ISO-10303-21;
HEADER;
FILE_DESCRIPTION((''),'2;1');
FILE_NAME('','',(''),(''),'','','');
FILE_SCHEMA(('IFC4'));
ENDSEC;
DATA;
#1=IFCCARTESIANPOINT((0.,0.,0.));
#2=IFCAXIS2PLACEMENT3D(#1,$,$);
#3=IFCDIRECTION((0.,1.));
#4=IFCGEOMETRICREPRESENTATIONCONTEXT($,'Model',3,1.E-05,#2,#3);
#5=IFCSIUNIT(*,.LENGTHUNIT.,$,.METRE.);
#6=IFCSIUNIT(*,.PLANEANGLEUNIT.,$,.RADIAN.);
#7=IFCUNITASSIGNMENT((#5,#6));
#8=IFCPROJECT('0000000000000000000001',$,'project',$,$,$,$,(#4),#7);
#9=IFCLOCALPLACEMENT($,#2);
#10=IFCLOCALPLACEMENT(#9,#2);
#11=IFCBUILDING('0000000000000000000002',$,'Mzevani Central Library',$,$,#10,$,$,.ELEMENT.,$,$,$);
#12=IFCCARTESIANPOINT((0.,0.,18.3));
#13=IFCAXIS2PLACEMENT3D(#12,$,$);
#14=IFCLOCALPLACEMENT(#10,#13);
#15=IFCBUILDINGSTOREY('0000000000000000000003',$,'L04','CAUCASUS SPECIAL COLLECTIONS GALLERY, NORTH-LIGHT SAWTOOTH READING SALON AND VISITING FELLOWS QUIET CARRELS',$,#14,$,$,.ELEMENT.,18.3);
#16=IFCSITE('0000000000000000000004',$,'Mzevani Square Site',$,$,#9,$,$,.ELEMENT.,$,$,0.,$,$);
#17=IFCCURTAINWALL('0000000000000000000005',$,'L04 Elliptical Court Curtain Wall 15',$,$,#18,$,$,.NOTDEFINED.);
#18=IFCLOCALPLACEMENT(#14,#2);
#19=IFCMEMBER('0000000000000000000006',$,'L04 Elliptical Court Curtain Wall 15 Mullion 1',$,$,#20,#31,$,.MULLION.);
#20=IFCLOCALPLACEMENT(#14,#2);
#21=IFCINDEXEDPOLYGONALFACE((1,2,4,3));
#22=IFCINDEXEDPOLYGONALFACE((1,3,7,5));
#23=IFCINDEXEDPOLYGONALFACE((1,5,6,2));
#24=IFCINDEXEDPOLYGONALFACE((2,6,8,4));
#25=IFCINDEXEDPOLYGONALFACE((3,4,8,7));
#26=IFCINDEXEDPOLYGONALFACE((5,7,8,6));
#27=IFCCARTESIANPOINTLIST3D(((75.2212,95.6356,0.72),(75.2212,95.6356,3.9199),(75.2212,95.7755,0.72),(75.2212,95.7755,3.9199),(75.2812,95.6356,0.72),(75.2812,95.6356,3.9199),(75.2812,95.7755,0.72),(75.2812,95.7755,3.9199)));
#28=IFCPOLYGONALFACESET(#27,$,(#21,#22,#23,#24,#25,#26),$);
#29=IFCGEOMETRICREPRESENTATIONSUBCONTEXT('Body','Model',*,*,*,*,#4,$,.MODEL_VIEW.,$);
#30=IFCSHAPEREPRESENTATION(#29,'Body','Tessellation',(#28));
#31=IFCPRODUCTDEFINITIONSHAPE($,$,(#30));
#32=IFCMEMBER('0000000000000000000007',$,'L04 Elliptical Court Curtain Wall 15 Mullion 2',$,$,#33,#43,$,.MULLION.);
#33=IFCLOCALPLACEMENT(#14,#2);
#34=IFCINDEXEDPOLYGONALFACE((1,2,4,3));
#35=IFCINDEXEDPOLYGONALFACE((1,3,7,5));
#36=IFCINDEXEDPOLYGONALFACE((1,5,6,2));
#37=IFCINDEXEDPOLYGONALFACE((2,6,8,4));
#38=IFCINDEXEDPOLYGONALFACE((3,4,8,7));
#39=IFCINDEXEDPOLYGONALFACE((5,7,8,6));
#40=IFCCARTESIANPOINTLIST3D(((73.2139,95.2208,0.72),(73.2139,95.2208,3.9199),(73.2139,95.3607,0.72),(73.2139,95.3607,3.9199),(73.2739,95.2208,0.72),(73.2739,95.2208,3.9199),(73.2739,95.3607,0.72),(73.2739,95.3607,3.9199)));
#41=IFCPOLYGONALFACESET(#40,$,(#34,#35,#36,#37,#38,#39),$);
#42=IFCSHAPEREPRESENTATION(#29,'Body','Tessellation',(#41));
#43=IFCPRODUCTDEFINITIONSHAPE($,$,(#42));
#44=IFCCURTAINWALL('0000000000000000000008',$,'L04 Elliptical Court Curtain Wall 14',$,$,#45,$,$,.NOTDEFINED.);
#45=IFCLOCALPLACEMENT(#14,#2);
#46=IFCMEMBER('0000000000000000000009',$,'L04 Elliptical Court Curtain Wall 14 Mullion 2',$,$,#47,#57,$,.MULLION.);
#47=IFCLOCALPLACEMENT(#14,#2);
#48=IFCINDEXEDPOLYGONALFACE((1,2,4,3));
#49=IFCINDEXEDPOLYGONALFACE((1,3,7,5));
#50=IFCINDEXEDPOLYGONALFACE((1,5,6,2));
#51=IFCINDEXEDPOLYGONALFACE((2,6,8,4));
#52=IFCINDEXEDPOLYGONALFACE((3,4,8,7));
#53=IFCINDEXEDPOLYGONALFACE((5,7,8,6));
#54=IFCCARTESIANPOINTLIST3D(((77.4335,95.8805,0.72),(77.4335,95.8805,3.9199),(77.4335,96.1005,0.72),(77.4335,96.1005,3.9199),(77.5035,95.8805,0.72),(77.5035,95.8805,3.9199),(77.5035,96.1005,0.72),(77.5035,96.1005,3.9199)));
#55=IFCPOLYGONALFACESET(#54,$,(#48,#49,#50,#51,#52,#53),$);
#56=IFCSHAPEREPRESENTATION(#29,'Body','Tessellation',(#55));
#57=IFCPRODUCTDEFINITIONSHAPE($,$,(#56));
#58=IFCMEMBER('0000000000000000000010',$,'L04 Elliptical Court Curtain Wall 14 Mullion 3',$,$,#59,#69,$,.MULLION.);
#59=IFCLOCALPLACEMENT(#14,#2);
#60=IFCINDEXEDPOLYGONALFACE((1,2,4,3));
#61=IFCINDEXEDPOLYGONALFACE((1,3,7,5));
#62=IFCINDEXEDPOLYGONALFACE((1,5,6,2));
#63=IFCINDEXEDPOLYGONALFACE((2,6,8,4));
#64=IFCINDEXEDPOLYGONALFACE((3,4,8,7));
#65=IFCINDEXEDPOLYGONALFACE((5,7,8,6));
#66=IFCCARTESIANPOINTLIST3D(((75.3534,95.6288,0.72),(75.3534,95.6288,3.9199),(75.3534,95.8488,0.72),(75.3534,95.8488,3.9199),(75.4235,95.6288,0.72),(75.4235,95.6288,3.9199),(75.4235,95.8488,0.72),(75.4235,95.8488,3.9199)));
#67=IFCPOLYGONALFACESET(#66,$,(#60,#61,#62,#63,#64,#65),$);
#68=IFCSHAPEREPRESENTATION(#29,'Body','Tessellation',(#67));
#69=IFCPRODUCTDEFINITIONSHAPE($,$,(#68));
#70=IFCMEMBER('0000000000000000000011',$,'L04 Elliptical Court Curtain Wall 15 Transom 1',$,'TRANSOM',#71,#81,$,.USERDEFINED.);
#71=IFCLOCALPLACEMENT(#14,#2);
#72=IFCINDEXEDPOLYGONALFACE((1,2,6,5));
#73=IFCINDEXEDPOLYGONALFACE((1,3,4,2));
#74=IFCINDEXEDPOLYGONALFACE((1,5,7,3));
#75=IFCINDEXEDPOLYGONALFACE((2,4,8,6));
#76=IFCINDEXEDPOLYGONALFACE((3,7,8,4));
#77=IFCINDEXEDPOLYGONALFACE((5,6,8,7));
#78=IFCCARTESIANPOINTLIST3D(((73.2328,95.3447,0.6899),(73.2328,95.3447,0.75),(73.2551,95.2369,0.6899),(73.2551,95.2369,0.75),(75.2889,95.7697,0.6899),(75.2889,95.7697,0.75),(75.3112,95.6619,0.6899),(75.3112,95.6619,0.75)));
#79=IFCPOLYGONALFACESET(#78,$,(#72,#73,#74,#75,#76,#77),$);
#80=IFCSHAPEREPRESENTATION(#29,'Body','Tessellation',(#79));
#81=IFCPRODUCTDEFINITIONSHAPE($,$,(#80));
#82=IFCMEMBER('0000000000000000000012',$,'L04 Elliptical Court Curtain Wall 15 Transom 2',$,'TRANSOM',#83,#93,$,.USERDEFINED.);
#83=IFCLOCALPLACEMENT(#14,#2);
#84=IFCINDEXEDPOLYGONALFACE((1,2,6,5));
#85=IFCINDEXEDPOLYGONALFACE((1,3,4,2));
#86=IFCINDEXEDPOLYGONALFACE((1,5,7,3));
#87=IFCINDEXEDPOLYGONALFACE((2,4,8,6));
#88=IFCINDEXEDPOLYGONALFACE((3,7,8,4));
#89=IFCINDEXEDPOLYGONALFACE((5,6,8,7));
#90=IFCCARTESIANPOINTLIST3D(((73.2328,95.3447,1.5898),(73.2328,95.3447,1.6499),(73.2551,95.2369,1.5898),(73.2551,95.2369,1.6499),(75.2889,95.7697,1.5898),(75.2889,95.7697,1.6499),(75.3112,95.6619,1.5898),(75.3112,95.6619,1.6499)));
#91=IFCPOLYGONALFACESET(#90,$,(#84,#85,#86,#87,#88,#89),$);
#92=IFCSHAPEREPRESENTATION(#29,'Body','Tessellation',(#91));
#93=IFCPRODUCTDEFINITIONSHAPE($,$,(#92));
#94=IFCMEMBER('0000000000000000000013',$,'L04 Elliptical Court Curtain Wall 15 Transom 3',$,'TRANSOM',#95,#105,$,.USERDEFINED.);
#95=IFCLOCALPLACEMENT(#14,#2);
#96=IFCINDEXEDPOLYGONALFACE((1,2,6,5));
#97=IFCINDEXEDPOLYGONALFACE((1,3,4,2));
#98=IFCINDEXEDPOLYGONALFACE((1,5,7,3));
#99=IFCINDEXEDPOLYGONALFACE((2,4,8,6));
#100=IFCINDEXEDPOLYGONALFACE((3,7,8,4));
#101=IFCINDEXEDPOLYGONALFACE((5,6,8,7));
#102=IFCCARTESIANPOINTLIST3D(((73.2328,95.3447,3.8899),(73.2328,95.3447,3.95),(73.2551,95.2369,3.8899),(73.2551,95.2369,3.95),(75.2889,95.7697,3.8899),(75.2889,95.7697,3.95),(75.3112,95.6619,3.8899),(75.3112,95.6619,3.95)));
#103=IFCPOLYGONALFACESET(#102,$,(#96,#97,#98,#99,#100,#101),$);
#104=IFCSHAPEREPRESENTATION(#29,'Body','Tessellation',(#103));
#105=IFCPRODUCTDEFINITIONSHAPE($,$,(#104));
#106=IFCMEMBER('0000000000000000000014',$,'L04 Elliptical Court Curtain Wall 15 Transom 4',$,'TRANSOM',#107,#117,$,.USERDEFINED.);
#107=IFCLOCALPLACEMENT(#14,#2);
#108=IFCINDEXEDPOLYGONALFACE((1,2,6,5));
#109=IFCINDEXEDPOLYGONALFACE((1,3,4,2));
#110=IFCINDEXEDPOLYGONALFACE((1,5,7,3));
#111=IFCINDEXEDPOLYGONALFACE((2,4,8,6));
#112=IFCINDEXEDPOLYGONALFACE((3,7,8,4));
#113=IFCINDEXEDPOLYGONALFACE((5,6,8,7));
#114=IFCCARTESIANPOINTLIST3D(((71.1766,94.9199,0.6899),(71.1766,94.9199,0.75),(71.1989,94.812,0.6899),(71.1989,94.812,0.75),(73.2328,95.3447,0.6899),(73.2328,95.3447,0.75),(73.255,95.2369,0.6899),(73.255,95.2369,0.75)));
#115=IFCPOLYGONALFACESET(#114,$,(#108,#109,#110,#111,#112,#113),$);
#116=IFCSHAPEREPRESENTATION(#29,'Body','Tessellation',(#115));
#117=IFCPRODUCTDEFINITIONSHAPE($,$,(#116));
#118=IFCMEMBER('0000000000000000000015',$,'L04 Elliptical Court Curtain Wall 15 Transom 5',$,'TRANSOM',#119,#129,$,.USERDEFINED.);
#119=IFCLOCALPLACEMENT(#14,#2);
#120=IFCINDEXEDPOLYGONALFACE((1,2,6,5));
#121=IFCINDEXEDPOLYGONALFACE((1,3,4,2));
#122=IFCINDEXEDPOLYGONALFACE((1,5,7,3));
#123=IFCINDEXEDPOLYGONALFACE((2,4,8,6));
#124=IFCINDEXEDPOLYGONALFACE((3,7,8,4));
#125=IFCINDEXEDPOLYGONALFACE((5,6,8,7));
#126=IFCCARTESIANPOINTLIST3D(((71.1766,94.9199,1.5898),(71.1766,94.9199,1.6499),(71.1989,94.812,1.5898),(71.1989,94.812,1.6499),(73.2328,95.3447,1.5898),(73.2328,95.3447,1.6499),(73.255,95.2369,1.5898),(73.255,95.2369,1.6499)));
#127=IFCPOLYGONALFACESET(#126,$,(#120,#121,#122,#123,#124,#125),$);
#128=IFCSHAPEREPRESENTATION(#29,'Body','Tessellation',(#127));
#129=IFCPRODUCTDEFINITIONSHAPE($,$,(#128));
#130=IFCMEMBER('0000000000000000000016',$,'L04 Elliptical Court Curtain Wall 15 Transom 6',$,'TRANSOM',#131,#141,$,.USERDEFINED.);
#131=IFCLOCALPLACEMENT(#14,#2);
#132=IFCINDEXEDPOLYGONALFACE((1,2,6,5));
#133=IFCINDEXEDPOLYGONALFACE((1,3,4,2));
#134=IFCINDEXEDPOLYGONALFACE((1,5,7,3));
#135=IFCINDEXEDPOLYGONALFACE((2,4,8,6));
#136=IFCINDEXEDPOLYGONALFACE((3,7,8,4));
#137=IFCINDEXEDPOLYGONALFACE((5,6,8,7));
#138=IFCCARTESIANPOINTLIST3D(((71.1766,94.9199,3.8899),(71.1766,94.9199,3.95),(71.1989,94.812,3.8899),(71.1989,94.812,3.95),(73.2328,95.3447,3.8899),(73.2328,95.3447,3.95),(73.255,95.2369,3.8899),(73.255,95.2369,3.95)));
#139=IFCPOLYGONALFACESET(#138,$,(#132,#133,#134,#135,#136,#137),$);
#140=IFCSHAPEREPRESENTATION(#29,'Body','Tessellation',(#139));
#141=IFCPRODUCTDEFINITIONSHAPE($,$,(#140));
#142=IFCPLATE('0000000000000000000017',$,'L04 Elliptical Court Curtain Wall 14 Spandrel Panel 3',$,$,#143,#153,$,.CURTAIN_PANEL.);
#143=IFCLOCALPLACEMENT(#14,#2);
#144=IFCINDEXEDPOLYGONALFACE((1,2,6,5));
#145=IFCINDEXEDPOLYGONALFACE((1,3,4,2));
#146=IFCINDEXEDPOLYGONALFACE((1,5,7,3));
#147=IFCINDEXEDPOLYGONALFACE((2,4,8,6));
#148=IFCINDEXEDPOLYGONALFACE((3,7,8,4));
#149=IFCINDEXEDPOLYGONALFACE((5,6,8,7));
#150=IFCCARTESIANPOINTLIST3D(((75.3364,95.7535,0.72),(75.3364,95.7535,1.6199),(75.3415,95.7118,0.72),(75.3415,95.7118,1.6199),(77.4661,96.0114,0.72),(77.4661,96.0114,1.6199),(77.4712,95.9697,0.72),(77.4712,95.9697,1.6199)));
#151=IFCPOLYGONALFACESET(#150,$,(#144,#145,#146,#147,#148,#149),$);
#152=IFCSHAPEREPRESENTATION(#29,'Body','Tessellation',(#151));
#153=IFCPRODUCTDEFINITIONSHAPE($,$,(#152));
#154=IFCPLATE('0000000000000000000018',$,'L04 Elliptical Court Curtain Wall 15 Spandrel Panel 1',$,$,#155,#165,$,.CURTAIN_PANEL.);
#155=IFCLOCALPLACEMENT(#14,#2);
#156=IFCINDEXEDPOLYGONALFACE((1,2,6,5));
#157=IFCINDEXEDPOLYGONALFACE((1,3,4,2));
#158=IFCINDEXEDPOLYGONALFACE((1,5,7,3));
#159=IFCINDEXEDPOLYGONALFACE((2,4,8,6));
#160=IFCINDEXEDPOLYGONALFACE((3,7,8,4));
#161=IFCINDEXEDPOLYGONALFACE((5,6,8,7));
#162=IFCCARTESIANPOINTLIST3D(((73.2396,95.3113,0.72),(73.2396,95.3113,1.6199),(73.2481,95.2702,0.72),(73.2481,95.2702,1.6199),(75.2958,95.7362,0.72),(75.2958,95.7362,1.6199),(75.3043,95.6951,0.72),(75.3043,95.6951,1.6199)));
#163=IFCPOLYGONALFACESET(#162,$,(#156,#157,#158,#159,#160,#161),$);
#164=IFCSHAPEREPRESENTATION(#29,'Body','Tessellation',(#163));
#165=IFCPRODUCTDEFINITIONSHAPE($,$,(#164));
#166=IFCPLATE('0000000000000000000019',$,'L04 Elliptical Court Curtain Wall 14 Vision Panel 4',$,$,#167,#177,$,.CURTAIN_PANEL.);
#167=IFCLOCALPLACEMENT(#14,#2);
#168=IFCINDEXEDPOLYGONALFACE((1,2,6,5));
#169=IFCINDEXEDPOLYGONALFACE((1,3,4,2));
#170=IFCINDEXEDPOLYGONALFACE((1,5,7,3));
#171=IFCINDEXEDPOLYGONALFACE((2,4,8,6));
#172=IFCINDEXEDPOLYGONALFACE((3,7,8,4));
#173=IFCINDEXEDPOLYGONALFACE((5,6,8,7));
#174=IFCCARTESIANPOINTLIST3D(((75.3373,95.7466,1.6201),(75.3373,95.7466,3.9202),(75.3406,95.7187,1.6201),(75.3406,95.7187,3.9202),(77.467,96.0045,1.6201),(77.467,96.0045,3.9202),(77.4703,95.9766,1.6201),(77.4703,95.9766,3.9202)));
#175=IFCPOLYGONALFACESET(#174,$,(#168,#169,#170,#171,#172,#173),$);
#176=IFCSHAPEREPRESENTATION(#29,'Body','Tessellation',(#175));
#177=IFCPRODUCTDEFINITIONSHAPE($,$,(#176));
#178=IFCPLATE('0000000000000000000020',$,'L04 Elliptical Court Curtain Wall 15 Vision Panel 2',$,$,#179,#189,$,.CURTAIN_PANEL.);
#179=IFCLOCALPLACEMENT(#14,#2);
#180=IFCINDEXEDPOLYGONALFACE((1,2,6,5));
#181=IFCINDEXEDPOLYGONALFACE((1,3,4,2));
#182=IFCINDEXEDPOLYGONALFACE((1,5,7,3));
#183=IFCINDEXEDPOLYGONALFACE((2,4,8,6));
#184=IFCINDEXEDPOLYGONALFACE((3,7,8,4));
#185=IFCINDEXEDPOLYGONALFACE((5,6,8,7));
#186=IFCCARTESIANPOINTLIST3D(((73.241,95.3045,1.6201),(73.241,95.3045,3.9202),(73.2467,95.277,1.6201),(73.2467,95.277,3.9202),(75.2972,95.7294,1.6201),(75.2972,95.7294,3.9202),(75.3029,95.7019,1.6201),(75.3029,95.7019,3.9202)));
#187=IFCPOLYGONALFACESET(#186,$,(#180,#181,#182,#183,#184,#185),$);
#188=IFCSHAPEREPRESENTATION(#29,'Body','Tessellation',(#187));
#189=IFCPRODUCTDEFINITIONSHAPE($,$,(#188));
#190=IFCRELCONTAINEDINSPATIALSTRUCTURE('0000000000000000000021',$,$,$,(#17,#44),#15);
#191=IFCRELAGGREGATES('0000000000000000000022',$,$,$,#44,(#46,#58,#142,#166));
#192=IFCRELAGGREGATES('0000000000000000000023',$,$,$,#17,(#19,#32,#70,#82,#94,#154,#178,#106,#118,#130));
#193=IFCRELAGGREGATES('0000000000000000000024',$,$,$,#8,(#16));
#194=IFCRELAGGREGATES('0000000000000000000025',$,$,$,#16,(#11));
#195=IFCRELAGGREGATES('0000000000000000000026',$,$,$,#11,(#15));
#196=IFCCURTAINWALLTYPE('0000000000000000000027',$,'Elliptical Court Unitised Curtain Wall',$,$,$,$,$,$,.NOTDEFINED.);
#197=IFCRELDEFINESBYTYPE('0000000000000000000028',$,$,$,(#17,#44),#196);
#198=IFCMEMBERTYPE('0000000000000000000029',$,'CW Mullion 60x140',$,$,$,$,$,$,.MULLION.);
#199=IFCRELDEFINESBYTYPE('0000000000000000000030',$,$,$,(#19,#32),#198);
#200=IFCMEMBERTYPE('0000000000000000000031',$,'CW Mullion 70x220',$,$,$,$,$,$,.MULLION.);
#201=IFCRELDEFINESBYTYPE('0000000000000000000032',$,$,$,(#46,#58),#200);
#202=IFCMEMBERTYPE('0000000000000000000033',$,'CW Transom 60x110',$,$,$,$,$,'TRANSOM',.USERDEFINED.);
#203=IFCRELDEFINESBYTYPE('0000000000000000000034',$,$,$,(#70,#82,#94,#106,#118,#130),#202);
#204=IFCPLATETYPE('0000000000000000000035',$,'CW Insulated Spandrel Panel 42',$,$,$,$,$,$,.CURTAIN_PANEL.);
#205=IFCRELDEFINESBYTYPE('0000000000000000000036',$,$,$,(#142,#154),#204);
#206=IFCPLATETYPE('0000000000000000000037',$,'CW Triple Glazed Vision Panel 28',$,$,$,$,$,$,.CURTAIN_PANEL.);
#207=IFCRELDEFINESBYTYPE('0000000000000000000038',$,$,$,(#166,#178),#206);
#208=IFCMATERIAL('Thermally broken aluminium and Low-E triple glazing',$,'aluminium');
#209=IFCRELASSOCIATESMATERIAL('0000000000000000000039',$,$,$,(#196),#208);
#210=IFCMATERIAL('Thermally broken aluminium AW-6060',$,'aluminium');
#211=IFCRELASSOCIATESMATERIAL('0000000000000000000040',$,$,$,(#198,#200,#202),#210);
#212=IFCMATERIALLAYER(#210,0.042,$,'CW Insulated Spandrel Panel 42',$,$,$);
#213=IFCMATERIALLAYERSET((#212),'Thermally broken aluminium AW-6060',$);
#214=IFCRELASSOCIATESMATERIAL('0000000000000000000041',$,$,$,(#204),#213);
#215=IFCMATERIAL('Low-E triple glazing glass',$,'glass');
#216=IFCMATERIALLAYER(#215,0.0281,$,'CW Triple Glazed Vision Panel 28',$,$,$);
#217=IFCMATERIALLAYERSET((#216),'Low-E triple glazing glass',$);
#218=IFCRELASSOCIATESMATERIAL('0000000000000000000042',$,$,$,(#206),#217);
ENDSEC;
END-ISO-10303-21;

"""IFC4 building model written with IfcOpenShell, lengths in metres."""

from ifc_helpers import new_model, si_unit, direction, frame, origin, origin_2d, place, context, subcontext, project, spatial, rectangle, extrude, material, layer, layer_set, material_profile, profile_set, type_object, element, aggregate, save


model = new_model("IFC4")

# Units and contexts
model_context = context("Model", 3, precision=1e-05, world=origin(), true_north=direction((0.0, 1.0)))
body_context = subcontext(model_context, "Body", "Model", "MODEL_VIEW")
ifc_project = project(units=[si_unit("LENGTHUNIT", "METRE"), si_unit("PLANEANGLEUNIT", "RADIAN")], contexts=[model_context])

# Site, building, storey
site_placement = place(None, origin())
site = spatial("IfcSite", under=ifc_project, at=site_placement, Name="Mzevani Square Site", CompositionType="ELEMENT", RefElevation=0.0)
building_placement = place(site_placement, origin())
building = spatial("IfcBuilding", under=site, at=building_placement, Name="Mzevani Central Library", CompositionType="ELEMENT")
storey_placement = place(building_placement, frame((0.0, 0.0, 18.3)))
storey = spatial("IfcBuildingStorey", under=building, at=storey_placement, Name="L04", Description="CAUCASUS SPECIAL COLLECTIONS GALLERY, NORTH-LIGHT SAWTOOTH READING SALON AND VISITING FELLOWS QUIET CARRELS", CompositionType="ELEMENT", Elevation=18.3)

# Curtain walls, members
ifc_material_1 = material(Name="Thermally broken aluminium and Low-E triple glazing", Category="aluminium")
curtain_wall_type = type_object("IfcCurtainWallType", Name="Elliptical Court Unitised Curtain Wall", PredefinedType="NOTDEFINED", material=ifc_material_1)
curtain_wall_1_placement = place(storey_placement, origin())
curtain_wall_1 = element("IfcCurtainWall", 1, at=curtain_wall_1_placement, inside=storey, type_object=curtain_wall_type, Name="L04 Elliptical Court Curtain Wall 15", PredefinedType="NOTDEFINED")
ifc_material_2 = material(Name="Thermally broken aluminium AW-6060", Category="aluminium")
ifc_material_profile_1 = material_profile(ifc_material_2, rectangle(XDim=0.0601, YDim=0.1399, at=origin_2d()), Name="ALU M60x140")
ifc_profile_set_1 = profile_set([ifc_material_profile_1], Name="Thermally broken aluminium AW-6060")
member_type_1 = type_object("IfcMemberType", Name="CW Mullion 60x140", PredefinedType="MULLION", material=ifc_profile_set_1)
member_1_placement = place(storey_placement, frame((75.2512, 95.7056, 0.72), z_axis=(0.0, 0.0, 1.0), x_axis=(1.0, 0.0, 0.0)))
member_1 = element("IfcMember", 2, at=member_1_placement, type_object=member_type_1, Name="L04 Elliptical Court Curtain Wall 15 Mullion 1", PredefinedType="MULLION", context=body_context, shape_type="SweptSolid", body=[
    extrude(rectangle(XDim=0.0601, YDim=0.1399, at=origin_2d()), origin(), (0.0, 0.0, 1.0), 3.2),
])
member_2_placement = place(storey_placement, frame((73.2439, 95.2908, 0.72), z_axis=(0.0, 0.0, 1.0), x_axis=(1.0, 0.0, 0.0)))
member_2 = element("IfcMember", 3, at=member_2_placement, type_object=member_type_1, Name="L04 Elliptical Court Curtain Wall 15 Mullion 2", PredefinedType="MULLION", context=body_context, shape_type="SweptSolid", body=[
    extrude(rectangle(XDim=0.0601, YDim=0.1399, at=origin_2d()), origin(), (0.0, 0.0, 1.0), 3.2),
])
curtain_wall_2_placement = place(storey_placement, origin())
curtain_wall_2 = element("IfcCurtainWall", 4, at=curtain_wall_2_placement, inside=storey, type_object=curtain_wall_type, Name="L04 Elliptical Court Curtain Wall 14", PredefinedType="NOTDEFINED")
ifc_material_profile_2 = material_profile(ifc_material_2, rectangle(XDim=0.0701, YDim=0.22, at=origin_2d()), Name="ALU M70x220")
ifc_profile_set_2 = profile_set([ifc_material_profile_2], Name="Thermally broken aluminium AW-6060")
member_type_2 = type_object("IfcMemberType", Name="CW Mullion 70x220", PredefinedType="MULLION", material=ifc_profile_set_2)
member_3_placement = place(storey_placement, frame((77.4685, 95.9905, 0.72), z_axis=(0.0, 0.0, 1.0), x_axis=(1.0, 0.0, 0.0)))
member_3 = element("IfcMember", 5, at=member_3_placement, type_object=member_type_2, Name="L04 Elliptical Court Curtain Wall 14 Mullion 2", PredefinedType="MULLION", context=body_context, shape_type="SweptSolid", body=[
    extrude(rectangle(XDim=0.0701, YDim=0.22, at=origin_2d()), origin(), (0.0, 0.0, 1.0), 3.2),
])
member_4_placement = place(storey_placement, frame((75.3884, 95.7388, 0.72), z_axis=(0.0, 0.0, 1.0), x_axis=(1.0, 0.0, 0.0)))
member_4 = element("IfcMember", 6, at=member_4_placement, type_object=member_type_2, Name="L04 Elliptical Court Curtain Wall 14 Mullion 3", PredefinedType="MULLION", context=body_context, shape_type="SweptSolid", body=[
    extrude(rectangle(XDim=0.0701, YDim=0.22, at=origin_2d()), origin(), (0.0, 0.0, 1.0), 3.2),
])

# Members
ifc_material_profile_3 = material_profile(ifc_material_2, rectangle(XDim=0.1101, YDim=0.0601, at=origin_2d()), Name="ALU T60x110")
ifc_profile_set_3 = profile_set([ifc_material_profile_3], Name="Thermally broken aluminium AW-6060")
member_type_3 = type_object("IfcMemberType", Name="CW Transom 60x110", ElementType="TRANSOM", PredefinedType="USERDEFINED", material=ifc_profile_set_3)
member_5_placement = place(storey_placement, frame((75.3, 95.7158, 0.72), z_axis=(-0.979295, -0.20244, 0.0), x_axis=(0.20244, -0.979295, 0.0)))
member_5 = element("IfcMember", 7, at=member_5_placement, type_object=member_type_3, Name="L04 Elliptical Court Curtain Wall 15 Transom 1", ObjectType="TRANSOM", PredefinedType="USERDEFINED", context=body_context, shape_type="SweptSolid", body=[
    extrude(rectangle(XDim=0.1101, YDim=0.0601, at=origin_2d()), origin(), (0.0, 0.0, 1.0), 2.0996),
])
member_6_placement = place(storey_placement, frame((75.3, 95.7158, 1.6199), z_axis=(-0.979295, -0.20244, 0.0), x_axis=(0.20244, -0.979295, 0.0)))
member_6 = element("IfcMember", 8, at=member_6_placement, type_object=member_type_3, Name="L04 Elliptical Court Curtain Wall 15 Transom 2", ObjectType="TRANSOM", PredefinedType="USERDEFINED", context=body_context, shape_type="SweptSolid", body=[
    extrude(rectangle(XDim=0.1101, YDim=0.0601, at=origin_2d()), origin(), (0.0, 0.0, 1.0), 2.0996),
])
member_7_placement = place(storey_placement, frame((75.3, 95.7158, 3.9199), z_axis=(-0.979295, -0.20244, 0.0), x_axis=(0.20244, -0.979295, 0.0)))
member_7 = element("IfcMember", 9, at=member_7_placement, type_object=member_type_3, Name="L04 Elliptical Court Curtain Wall 15 Transom 3", ObjectType="TRANSOM", PredefinedType="USERDEFINED", context=body_context, shape_type="SweptSolid", body=[
    extrude(rectangle(XDim=0.1101, YDim=0.0601, at=origin_2d()), origin(), (0.0, 0.0, 1.0), 2.0996),
])
member_8_placement = place(storey_placement, frame((73.2439, 95.2908, 0.72), z_axis=(-0.979318, -0.202329, 0.0), x_axis=(0.202329, -0.979318, 0.0)))
member_8 = element("IfcMember", 10, at=member_8_placement, type_object=member_type_3, Name="L04 Elliptical Court Curtain Wall 15 Transom 4", ObjectType="TRANSOM", PredefinedType="USERDEFINED", context=body_context, shape_type="SweptSolid", body=[
    extrude(rectangle(XDim=0.1101, YDim=0.0601, at=origin_2d()), origin(), (0.0, 0.0, 1.0), 2.0996),
])
member_9_placement = place(storey_placement, frame((73.2439, 95.2908, 1.6199), z_axis=(-0.979318, -0.202329, 0.0), x_axis=(0.202329, -0.979318, 0.0)))
member_9 = element("IfcMember", 11, at=member_9_placement, type_object=member_type_3, Name="L04 Elliptical Court Curtain Wall 15 Transom 5", ObjectType="TRANSOM", PredefinedType="USERDEFINED", context=body_context, shape_type="SweptSolid", body=[
    extrude(rectangle(XDim=0.1101, YDim=0.0601, at=origin_2d()), origin(), (0.0, 0.0, 1.0), 2.0996),
])
member_10_placement = place(storey_placement, frame((73.2439, 95.2908, 3.9199), z_axis=(-0.979318, -0.202329, 0.0), x_axis=(0.202329, -0.979318, 0.0)))
member_10 = element("IfcMember", 12, at=member_10_placement, type_object=member_type_3, Name="L04 Elliptical Court Curtain Wall 15 Transom 6", ObjectType="TRANSOM", PredefinedType="USERDEFINED", context=body_context, shape_type="SweptSolid", body=[
    extrude(rectangle(XDim=0.1101, YDim=0.0601, at=origin_2d()), origin(), (0.0, 0.0, 1.0), 2.0996),
])

# Plates
ifc_layer_1 = layer(ifc_material_2, 0.042, Name="CW Insulated Spandrel Panel 42")
ifc_layer_set_1 = layer_set([ifc_layer_1], Name="Thermally broken aluminium AW-6060")
plate_type_1 = type_object("IfcPlateType", Name="CW Insulated Spandrel Panel 42", PredefinedType="CURTAIN_PANEL", material=ifc_layer_set_1)
plate_1_placement = place(storey_placement, frame((76.4038, 95.8616, 0.72), z_axis=(0.0, 0.0, 1.0), x_axis=(-0.992747, -0.120222, 0.0)))
plate_1 = element("IfcPlate", 13, at=plate_1_placement, type_object=plate_type_1, Name="L04 Elliptical Court Curtain Wall 14 Spandrel Panel 3", PredefinedType="CURTAIN_PANEL", context=body_context, shape_type="SweptSolid", body=[
    extrude(rectangle(XDim=2.1453, YDim=0.042, at=origin_2d()), origin(), (0.0, 0.0, 1.0), 0.8999),
])
plate_2_placement = place(storey_placement, frame((74.272, 95.5032, 0.72), z_axis=(0.0, 0.0, 1.0), x_axis=(-0.979309, -0.202372, 0.0)))
plate_2 = element("IfcPlate", 14, at=plate_2_placement, type_object=plate_type_1, Name="L04 Elliptical Court Curtain Wall 15 Spandrel Panel 1", PredefinedType="CURTAIN_PANEL", context=body_context, shape_type="SweptSolid", body=[
    extrude(rectangle(XDim=2.0996, YDim=0.042, at=origin_2d()), origin(), (0.0, 0.0, 1.0), 0.8999),
])
ifc_material_3 = material(Name="Low-E triple glazing glass", Category="glass")
ifc_layer_2 = layer(ifc_material_3, 0.0281, Name="CW Triple Glazed Vision Panel 28")
ifc_layer_set_2 = layer_set([ifc_layer_2], Name="Low-E triple glazing glass")
plate_type_2 = type_object("IfcPlateType", Name="CW Triple Glazed Vision Panel 28", PredefinedType="CURTAIN_PANEL", material=ifc_layer_set_2)
plate_3_placement = place(storey_placement, frame((76.4038, 95.8616, 1.6201), z_axis=(0.0, 0.0, 1.0), x_axis=(-0.992747, -0.120222, 0.0)))
plate_3 = element("IfcPlate", 15, at=plate_3_placement, type_object=plate_type_2, Name="L04 Elliptical Court Curtain Wall 14 Vision Panel 4", PredefinedType="CURTAIN_PANEL", context=body_context, shape_type="SweptSolid", body=[
    extrude(rectangle(XDim=2.1453, YDim=0.0281, at=origin_2d()), origin(), (0.0, 0.0, 1.0), 2.3),
])
aggregate(curtain_wall_2, [member_3, member_4, plate_1, plate_3])
plate_4_placement = place(storey_placement, frame((74.272, 95.5032, 1.6201), z_axis=(0.0, 0.0, 1.0), x_axis=(-0.979309, -0.202372, 0.0)))
plate_4 = element("IfcPlate", 16, at=plate_4_placement, type_object=plate_type_2, Name="L04 Elliptical Court Curtain Wall 15 Vision Panel 2", PredefinedType="CURTAIN_PANEL", context=body_context, shape_type="SweptSolid", body=[
    extrude(rectangle(XDim=2.0996, YDim=0.0281, at=origin_2d()), origin(), (0.0, 0.0, 1.0), 2.3),
])
aggregate(curtain_wall_1, [member_1, member_2, member_5, member_6, member_7, plate_2, plate_4, member_8, member_9, member_10])

save(model, "model.ifc")
